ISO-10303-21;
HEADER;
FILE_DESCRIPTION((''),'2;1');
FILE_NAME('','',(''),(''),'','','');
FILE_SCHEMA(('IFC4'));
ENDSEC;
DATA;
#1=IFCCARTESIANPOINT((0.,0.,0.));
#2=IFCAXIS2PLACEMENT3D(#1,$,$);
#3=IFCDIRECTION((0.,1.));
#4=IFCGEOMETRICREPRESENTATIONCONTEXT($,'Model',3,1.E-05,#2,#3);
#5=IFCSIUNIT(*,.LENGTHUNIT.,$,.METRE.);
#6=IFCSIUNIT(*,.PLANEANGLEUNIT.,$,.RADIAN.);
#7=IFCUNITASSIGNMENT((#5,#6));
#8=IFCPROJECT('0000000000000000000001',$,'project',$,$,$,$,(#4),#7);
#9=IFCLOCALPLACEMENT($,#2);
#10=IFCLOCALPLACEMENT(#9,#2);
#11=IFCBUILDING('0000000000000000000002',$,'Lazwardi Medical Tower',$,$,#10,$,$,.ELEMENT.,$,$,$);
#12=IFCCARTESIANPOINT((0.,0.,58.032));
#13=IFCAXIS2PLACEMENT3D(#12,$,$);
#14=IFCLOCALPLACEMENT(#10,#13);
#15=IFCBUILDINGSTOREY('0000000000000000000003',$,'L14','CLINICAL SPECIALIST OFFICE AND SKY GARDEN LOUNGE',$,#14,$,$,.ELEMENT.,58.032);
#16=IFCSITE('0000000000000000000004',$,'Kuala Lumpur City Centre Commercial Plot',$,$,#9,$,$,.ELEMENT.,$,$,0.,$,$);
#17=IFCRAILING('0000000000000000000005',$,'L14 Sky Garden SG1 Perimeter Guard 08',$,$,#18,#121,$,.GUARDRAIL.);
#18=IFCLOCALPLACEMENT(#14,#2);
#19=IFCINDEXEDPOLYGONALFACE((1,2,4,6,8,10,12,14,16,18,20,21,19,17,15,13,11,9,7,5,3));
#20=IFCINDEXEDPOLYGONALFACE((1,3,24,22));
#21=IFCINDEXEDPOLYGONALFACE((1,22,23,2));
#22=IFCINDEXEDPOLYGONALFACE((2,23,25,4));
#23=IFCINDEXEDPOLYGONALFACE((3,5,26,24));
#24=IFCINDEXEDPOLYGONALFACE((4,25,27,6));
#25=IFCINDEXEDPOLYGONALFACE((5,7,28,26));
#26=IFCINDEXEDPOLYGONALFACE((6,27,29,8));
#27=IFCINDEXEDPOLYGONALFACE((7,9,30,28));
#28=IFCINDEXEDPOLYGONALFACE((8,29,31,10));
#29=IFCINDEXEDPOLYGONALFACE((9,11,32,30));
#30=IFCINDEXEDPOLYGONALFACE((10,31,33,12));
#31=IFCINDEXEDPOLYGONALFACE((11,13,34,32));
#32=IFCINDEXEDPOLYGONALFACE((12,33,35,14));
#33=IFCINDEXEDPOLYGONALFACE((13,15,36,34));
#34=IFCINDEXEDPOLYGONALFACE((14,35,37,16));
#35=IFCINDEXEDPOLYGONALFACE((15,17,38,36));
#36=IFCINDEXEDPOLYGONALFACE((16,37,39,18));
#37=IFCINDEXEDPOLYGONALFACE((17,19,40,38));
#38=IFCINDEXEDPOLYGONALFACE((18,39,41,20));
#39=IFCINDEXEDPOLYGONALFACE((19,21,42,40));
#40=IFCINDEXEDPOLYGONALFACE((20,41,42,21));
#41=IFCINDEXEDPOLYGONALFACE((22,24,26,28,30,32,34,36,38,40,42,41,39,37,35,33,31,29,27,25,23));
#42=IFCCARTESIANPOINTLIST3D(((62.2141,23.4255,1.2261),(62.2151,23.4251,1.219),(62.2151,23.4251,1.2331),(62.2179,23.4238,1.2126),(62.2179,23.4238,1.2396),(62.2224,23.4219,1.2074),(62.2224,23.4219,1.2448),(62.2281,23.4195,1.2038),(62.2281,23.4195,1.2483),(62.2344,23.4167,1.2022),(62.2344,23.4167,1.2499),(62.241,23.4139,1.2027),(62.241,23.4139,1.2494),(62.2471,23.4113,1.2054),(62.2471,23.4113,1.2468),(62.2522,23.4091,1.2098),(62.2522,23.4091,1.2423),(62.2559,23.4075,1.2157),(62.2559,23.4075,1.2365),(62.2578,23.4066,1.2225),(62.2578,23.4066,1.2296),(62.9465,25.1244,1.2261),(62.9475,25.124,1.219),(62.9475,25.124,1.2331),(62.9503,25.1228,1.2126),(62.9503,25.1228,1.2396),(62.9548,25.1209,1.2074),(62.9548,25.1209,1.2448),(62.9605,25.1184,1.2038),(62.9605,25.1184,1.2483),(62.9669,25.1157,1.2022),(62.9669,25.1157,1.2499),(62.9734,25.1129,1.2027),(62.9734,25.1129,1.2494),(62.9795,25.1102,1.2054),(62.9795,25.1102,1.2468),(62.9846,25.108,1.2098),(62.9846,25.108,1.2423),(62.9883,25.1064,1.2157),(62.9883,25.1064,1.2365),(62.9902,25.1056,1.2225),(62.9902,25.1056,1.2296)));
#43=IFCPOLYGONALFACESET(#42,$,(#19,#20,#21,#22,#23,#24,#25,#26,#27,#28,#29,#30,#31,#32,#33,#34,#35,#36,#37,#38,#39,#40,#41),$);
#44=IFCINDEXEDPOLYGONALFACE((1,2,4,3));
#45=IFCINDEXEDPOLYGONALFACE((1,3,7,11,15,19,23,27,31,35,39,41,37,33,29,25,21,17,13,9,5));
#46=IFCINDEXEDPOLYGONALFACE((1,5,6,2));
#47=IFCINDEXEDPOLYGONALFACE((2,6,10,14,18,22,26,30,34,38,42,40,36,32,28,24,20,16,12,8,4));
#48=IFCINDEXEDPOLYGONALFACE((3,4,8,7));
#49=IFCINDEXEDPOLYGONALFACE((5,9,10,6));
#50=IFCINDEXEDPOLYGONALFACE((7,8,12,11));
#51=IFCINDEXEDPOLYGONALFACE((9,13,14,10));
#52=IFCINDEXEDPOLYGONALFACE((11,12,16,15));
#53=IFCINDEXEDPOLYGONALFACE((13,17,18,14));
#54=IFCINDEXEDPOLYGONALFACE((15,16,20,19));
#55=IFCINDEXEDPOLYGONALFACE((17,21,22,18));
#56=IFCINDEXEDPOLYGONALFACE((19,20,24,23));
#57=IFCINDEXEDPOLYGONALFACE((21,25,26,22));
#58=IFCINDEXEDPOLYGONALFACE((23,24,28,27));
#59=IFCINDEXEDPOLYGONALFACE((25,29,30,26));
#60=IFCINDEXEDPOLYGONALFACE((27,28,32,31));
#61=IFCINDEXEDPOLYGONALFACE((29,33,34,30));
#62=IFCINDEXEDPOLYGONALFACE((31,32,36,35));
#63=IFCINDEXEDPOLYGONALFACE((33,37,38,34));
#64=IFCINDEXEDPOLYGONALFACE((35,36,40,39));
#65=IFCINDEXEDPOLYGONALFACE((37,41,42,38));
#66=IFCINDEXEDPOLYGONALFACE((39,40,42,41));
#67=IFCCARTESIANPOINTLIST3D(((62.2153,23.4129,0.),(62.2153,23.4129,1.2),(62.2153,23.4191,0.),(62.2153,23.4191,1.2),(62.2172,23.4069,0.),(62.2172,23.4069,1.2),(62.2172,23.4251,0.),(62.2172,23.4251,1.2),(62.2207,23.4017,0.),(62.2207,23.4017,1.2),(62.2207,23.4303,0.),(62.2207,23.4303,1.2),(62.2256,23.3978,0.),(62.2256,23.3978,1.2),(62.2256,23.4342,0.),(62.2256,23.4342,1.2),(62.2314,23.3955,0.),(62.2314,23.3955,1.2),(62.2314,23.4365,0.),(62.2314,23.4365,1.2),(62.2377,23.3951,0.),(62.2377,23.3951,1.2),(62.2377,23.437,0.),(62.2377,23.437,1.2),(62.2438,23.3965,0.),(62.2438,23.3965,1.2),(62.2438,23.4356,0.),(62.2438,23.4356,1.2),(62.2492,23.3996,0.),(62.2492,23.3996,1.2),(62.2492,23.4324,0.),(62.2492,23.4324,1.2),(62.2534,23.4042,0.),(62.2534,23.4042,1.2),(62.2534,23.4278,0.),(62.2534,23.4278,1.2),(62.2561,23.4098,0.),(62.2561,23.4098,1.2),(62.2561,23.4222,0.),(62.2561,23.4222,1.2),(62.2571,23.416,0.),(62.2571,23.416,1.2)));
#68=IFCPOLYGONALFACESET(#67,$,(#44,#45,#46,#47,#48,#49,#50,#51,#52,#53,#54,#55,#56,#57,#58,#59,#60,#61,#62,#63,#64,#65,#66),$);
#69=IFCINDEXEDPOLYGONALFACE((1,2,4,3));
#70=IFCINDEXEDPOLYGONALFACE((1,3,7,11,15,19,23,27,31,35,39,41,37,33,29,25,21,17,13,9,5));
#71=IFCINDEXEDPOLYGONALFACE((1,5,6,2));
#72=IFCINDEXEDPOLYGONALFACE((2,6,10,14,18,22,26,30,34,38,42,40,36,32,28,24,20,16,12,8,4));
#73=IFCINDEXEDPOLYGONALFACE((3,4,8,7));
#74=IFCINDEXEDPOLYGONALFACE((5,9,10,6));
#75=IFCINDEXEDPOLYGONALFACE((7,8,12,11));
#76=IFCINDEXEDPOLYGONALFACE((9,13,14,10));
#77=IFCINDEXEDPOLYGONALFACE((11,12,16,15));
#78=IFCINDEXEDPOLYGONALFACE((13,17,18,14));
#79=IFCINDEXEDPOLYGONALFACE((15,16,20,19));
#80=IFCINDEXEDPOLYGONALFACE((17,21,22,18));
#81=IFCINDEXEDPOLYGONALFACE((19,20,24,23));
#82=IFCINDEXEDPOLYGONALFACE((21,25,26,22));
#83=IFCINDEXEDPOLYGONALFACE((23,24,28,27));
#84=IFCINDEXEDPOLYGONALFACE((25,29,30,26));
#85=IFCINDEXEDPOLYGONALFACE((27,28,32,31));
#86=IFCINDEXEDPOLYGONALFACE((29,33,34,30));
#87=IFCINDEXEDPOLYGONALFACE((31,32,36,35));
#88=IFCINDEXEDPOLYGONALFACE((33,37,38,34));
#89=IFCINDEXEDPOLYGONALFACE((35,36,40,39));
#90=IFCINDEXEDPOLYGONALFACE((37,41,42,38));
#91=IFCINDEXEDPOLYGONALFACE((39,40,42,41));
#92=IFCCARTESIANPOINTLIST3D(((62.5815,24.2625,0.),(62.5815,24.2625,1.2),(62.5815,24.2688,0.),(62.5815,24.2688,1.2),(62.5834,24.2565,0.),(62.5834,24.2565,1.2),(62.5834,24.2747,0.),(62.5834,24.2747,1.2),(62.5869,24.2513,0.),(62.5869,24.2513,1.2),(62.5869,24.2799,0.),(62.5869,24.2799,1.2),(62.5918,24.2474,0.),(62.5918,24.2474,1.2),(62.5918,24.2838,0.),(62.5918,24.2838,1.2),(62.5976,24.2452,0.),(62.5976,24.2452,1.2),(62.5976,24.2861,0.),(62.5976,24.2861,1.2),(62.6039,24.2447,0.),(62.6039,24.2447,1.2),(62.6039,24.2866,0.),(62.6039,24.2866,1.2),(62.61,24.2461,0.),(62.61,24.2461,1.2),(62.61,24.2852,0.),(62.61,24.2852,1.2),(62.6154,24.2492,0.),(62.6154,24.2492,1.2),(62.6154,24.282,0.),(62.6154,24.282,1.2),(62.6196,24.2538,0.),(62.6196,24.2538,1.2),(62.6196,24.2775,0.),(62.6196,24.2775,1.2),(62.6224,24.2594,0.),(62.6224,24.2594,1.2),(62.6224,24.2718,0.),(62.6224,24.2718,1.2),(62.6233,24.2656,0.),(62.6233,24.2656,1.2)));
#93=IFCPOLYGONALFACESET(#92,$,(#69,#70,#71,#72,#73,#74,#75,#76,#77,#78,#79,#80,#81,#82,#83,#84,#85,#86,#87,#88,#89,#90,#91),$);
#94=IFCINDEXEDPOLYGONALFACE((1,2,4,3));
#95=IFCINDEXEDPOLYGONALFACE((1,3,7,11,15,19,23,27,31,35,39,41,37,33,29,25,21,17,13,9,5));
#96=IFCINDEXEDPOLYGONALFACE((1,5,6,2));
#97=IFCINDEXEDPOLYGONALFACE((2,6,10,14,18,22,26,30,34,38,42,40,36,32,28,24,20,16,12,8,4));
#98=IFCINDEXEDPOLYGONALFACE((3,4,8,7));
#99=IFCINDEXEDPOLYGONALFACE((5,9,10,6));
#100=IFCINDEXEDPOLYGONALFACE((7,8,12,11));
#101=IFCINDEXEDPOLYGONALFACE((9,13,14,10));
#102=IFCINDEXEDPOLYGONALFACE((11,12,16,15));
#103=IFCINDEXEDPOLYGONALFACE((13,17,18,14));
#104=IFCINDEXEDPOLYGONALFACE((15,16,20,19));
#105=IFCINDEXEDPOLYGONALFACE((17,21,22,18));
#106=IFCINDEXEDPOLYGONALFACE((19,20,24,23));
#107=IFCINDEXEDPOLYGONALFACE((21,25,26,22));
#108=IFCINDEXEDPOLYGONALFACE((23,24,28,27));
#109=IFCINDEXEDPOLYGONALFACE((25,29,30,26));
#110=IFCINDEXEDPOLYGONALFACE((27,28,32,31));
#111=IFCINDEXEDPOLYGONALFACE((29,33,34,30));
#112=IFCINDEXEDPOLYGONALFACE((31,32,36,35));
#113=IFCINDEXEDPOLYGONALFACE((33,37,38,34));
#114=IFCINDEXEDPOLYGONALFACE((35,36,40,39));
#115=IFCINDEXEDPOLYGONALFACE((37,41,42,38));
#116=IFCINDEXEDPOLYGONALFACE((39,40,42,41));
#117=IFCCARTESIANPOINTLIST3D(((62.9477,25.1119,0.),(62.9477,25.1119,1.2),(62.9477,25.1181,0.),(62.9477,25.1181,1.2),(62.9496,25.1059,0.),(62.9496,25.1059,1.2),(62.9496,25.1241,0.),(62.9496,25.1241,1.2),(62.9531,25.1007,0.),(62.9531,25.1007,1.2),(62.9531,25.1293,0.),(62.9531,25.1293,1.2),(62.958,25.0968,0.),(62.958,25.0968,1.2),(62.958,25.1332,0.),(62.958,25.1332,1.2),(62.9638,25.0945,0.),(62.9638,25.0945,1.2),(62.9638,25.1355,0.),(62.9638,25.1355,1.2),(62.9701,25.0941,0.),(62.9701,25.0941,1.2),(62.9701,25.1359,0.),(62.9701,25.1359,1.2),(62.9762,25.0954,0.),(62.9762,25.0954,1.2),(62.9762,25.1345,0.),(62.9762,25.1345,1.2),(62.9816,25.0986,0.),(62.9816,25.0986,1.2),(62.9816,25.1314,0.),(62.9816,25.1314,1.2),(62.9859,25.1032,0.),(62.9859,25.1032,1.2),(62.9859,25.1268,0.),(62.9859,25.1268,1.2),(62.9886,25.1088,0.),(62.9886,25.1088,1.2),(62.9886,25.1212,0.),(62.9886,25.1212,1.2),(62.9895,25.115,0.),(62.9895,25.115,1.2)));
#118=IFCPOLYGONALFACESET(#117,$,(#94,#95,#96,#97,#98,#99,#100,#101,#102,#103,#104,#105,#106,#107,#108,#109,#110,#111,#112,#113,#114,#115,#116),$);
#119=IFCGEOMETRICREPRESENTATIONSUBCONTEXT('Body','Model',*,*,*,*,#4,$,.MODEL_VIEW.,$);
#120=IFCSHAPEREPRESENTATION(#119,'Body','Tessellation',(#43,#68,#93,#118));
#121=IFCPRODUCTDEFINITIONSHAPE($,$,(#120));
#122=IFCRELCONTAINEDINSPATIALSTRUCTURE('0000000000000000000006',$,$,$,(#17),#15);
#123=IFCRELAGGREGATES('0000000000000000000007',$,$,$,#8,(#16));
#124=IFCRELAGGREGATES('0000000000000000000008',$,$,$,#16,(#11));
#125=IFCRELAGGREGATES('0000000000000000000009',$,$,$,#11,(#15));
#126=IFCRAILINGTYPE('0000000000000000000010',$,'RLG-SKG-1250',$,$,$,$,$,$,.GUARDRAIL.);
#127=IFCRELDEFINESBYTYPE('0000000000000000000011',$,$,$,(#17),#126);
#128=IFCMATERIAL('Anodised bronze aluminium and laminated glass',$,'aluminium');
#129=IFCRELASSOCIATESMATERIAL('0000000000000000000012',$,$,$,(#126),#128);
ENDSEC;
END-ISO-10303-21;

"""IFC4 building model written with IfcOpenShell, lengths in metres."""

from ifc_helpers import new_model, si_unit, direction, frame, origin, origin_2d, place, context, subcontext, project, spatial, circle, extrude, material, type_object, element, save


model = new_model("IFC4")

# Units and contexts
model_context = context("Model", 3, precision=1e-05, world=origin(), true_north=direction((0.0, 1.0)))
body_context = subcontext(model_context, "Body", "Model", "MODEL_VIEW")
ifc_project = project(units=[si_unit("LENGTHUNIT", "METRE"), si_unit("PLANEANGLEUNIT", "RADIAN")], contexts=[model_context])

# Site, building, storey
site_placement = place(None, origin())
site = spatial("IfcSite", under=ifc_project, at=site_placement, Name="Kuala Lumpur City Centre Commercial Plot", CompositionType="ELEMENT", RefElevation=0.0)
building_placement = place(site_placement, origin())
building = spatial("IfcBuilding", under=site, at=building_placement, Name="Lazwardi Medical Tower", CompositionType="ELEMENT")
storey_placement = place(building_placement, frame((0.0, 0.0, 58.032)))
storey = spatial("IfcBuildingStorey", under=building, at=storey_placement, Name="L14", Description="CLINICAL SPECIALIST OFFICE AND SKY GARDEN LOUNGE", CompositionType="ELEMENT", Elevation=58.032)

# Railing
ifc_material_1 = material(Name="Anodised bronze aluminium and laminated glass", Category="aluminium")
railing_type = type_object("IfcRailingType", Name="RLG-SKG-1250", PredefinedType="GUARDRAIL", material=ifc_material_1)
railing_1_placement = place(storey_placement, frame((62.2361, 23.416, 0.0)))
element("IfcRailing", 1, at=railing_1_placement, inside=storey, type_object=railing_type, Name="L14 Sky Garden SG1 Perimeter Guard 08", PredefinedType="GUARDRAIL", context=body_context, shape_type="SweptSolid", body=[
    extrude(circle(Radius=0.0239, at=origin_2d()), frame((0.0, 0.0, 1.2261), z_axis=(0.395877, 0.918303, 0.0), x_axis=(-0.918303, 0.395877, 0.0)), (0.0, 0.0, 1.0), 1.8501),
    extrude(circle(Radius=0.021, at=origin_2d()), origin(), (0.0, 0.0, 1.0), 1.2),
    extrude(circle(Radius=0.021, at=origin_2d()), frame((0.3662, 0.8496, 0.0)), (0.0, 0.0, 1.0), 1.2),
    extrude(circle(Radius=0.021, at=origin_2d()), frame((0.7324, 1.699, 0.0)), (0.0, 0.0, 1.0), 1.2),
])

save(model, "model.ifc")
